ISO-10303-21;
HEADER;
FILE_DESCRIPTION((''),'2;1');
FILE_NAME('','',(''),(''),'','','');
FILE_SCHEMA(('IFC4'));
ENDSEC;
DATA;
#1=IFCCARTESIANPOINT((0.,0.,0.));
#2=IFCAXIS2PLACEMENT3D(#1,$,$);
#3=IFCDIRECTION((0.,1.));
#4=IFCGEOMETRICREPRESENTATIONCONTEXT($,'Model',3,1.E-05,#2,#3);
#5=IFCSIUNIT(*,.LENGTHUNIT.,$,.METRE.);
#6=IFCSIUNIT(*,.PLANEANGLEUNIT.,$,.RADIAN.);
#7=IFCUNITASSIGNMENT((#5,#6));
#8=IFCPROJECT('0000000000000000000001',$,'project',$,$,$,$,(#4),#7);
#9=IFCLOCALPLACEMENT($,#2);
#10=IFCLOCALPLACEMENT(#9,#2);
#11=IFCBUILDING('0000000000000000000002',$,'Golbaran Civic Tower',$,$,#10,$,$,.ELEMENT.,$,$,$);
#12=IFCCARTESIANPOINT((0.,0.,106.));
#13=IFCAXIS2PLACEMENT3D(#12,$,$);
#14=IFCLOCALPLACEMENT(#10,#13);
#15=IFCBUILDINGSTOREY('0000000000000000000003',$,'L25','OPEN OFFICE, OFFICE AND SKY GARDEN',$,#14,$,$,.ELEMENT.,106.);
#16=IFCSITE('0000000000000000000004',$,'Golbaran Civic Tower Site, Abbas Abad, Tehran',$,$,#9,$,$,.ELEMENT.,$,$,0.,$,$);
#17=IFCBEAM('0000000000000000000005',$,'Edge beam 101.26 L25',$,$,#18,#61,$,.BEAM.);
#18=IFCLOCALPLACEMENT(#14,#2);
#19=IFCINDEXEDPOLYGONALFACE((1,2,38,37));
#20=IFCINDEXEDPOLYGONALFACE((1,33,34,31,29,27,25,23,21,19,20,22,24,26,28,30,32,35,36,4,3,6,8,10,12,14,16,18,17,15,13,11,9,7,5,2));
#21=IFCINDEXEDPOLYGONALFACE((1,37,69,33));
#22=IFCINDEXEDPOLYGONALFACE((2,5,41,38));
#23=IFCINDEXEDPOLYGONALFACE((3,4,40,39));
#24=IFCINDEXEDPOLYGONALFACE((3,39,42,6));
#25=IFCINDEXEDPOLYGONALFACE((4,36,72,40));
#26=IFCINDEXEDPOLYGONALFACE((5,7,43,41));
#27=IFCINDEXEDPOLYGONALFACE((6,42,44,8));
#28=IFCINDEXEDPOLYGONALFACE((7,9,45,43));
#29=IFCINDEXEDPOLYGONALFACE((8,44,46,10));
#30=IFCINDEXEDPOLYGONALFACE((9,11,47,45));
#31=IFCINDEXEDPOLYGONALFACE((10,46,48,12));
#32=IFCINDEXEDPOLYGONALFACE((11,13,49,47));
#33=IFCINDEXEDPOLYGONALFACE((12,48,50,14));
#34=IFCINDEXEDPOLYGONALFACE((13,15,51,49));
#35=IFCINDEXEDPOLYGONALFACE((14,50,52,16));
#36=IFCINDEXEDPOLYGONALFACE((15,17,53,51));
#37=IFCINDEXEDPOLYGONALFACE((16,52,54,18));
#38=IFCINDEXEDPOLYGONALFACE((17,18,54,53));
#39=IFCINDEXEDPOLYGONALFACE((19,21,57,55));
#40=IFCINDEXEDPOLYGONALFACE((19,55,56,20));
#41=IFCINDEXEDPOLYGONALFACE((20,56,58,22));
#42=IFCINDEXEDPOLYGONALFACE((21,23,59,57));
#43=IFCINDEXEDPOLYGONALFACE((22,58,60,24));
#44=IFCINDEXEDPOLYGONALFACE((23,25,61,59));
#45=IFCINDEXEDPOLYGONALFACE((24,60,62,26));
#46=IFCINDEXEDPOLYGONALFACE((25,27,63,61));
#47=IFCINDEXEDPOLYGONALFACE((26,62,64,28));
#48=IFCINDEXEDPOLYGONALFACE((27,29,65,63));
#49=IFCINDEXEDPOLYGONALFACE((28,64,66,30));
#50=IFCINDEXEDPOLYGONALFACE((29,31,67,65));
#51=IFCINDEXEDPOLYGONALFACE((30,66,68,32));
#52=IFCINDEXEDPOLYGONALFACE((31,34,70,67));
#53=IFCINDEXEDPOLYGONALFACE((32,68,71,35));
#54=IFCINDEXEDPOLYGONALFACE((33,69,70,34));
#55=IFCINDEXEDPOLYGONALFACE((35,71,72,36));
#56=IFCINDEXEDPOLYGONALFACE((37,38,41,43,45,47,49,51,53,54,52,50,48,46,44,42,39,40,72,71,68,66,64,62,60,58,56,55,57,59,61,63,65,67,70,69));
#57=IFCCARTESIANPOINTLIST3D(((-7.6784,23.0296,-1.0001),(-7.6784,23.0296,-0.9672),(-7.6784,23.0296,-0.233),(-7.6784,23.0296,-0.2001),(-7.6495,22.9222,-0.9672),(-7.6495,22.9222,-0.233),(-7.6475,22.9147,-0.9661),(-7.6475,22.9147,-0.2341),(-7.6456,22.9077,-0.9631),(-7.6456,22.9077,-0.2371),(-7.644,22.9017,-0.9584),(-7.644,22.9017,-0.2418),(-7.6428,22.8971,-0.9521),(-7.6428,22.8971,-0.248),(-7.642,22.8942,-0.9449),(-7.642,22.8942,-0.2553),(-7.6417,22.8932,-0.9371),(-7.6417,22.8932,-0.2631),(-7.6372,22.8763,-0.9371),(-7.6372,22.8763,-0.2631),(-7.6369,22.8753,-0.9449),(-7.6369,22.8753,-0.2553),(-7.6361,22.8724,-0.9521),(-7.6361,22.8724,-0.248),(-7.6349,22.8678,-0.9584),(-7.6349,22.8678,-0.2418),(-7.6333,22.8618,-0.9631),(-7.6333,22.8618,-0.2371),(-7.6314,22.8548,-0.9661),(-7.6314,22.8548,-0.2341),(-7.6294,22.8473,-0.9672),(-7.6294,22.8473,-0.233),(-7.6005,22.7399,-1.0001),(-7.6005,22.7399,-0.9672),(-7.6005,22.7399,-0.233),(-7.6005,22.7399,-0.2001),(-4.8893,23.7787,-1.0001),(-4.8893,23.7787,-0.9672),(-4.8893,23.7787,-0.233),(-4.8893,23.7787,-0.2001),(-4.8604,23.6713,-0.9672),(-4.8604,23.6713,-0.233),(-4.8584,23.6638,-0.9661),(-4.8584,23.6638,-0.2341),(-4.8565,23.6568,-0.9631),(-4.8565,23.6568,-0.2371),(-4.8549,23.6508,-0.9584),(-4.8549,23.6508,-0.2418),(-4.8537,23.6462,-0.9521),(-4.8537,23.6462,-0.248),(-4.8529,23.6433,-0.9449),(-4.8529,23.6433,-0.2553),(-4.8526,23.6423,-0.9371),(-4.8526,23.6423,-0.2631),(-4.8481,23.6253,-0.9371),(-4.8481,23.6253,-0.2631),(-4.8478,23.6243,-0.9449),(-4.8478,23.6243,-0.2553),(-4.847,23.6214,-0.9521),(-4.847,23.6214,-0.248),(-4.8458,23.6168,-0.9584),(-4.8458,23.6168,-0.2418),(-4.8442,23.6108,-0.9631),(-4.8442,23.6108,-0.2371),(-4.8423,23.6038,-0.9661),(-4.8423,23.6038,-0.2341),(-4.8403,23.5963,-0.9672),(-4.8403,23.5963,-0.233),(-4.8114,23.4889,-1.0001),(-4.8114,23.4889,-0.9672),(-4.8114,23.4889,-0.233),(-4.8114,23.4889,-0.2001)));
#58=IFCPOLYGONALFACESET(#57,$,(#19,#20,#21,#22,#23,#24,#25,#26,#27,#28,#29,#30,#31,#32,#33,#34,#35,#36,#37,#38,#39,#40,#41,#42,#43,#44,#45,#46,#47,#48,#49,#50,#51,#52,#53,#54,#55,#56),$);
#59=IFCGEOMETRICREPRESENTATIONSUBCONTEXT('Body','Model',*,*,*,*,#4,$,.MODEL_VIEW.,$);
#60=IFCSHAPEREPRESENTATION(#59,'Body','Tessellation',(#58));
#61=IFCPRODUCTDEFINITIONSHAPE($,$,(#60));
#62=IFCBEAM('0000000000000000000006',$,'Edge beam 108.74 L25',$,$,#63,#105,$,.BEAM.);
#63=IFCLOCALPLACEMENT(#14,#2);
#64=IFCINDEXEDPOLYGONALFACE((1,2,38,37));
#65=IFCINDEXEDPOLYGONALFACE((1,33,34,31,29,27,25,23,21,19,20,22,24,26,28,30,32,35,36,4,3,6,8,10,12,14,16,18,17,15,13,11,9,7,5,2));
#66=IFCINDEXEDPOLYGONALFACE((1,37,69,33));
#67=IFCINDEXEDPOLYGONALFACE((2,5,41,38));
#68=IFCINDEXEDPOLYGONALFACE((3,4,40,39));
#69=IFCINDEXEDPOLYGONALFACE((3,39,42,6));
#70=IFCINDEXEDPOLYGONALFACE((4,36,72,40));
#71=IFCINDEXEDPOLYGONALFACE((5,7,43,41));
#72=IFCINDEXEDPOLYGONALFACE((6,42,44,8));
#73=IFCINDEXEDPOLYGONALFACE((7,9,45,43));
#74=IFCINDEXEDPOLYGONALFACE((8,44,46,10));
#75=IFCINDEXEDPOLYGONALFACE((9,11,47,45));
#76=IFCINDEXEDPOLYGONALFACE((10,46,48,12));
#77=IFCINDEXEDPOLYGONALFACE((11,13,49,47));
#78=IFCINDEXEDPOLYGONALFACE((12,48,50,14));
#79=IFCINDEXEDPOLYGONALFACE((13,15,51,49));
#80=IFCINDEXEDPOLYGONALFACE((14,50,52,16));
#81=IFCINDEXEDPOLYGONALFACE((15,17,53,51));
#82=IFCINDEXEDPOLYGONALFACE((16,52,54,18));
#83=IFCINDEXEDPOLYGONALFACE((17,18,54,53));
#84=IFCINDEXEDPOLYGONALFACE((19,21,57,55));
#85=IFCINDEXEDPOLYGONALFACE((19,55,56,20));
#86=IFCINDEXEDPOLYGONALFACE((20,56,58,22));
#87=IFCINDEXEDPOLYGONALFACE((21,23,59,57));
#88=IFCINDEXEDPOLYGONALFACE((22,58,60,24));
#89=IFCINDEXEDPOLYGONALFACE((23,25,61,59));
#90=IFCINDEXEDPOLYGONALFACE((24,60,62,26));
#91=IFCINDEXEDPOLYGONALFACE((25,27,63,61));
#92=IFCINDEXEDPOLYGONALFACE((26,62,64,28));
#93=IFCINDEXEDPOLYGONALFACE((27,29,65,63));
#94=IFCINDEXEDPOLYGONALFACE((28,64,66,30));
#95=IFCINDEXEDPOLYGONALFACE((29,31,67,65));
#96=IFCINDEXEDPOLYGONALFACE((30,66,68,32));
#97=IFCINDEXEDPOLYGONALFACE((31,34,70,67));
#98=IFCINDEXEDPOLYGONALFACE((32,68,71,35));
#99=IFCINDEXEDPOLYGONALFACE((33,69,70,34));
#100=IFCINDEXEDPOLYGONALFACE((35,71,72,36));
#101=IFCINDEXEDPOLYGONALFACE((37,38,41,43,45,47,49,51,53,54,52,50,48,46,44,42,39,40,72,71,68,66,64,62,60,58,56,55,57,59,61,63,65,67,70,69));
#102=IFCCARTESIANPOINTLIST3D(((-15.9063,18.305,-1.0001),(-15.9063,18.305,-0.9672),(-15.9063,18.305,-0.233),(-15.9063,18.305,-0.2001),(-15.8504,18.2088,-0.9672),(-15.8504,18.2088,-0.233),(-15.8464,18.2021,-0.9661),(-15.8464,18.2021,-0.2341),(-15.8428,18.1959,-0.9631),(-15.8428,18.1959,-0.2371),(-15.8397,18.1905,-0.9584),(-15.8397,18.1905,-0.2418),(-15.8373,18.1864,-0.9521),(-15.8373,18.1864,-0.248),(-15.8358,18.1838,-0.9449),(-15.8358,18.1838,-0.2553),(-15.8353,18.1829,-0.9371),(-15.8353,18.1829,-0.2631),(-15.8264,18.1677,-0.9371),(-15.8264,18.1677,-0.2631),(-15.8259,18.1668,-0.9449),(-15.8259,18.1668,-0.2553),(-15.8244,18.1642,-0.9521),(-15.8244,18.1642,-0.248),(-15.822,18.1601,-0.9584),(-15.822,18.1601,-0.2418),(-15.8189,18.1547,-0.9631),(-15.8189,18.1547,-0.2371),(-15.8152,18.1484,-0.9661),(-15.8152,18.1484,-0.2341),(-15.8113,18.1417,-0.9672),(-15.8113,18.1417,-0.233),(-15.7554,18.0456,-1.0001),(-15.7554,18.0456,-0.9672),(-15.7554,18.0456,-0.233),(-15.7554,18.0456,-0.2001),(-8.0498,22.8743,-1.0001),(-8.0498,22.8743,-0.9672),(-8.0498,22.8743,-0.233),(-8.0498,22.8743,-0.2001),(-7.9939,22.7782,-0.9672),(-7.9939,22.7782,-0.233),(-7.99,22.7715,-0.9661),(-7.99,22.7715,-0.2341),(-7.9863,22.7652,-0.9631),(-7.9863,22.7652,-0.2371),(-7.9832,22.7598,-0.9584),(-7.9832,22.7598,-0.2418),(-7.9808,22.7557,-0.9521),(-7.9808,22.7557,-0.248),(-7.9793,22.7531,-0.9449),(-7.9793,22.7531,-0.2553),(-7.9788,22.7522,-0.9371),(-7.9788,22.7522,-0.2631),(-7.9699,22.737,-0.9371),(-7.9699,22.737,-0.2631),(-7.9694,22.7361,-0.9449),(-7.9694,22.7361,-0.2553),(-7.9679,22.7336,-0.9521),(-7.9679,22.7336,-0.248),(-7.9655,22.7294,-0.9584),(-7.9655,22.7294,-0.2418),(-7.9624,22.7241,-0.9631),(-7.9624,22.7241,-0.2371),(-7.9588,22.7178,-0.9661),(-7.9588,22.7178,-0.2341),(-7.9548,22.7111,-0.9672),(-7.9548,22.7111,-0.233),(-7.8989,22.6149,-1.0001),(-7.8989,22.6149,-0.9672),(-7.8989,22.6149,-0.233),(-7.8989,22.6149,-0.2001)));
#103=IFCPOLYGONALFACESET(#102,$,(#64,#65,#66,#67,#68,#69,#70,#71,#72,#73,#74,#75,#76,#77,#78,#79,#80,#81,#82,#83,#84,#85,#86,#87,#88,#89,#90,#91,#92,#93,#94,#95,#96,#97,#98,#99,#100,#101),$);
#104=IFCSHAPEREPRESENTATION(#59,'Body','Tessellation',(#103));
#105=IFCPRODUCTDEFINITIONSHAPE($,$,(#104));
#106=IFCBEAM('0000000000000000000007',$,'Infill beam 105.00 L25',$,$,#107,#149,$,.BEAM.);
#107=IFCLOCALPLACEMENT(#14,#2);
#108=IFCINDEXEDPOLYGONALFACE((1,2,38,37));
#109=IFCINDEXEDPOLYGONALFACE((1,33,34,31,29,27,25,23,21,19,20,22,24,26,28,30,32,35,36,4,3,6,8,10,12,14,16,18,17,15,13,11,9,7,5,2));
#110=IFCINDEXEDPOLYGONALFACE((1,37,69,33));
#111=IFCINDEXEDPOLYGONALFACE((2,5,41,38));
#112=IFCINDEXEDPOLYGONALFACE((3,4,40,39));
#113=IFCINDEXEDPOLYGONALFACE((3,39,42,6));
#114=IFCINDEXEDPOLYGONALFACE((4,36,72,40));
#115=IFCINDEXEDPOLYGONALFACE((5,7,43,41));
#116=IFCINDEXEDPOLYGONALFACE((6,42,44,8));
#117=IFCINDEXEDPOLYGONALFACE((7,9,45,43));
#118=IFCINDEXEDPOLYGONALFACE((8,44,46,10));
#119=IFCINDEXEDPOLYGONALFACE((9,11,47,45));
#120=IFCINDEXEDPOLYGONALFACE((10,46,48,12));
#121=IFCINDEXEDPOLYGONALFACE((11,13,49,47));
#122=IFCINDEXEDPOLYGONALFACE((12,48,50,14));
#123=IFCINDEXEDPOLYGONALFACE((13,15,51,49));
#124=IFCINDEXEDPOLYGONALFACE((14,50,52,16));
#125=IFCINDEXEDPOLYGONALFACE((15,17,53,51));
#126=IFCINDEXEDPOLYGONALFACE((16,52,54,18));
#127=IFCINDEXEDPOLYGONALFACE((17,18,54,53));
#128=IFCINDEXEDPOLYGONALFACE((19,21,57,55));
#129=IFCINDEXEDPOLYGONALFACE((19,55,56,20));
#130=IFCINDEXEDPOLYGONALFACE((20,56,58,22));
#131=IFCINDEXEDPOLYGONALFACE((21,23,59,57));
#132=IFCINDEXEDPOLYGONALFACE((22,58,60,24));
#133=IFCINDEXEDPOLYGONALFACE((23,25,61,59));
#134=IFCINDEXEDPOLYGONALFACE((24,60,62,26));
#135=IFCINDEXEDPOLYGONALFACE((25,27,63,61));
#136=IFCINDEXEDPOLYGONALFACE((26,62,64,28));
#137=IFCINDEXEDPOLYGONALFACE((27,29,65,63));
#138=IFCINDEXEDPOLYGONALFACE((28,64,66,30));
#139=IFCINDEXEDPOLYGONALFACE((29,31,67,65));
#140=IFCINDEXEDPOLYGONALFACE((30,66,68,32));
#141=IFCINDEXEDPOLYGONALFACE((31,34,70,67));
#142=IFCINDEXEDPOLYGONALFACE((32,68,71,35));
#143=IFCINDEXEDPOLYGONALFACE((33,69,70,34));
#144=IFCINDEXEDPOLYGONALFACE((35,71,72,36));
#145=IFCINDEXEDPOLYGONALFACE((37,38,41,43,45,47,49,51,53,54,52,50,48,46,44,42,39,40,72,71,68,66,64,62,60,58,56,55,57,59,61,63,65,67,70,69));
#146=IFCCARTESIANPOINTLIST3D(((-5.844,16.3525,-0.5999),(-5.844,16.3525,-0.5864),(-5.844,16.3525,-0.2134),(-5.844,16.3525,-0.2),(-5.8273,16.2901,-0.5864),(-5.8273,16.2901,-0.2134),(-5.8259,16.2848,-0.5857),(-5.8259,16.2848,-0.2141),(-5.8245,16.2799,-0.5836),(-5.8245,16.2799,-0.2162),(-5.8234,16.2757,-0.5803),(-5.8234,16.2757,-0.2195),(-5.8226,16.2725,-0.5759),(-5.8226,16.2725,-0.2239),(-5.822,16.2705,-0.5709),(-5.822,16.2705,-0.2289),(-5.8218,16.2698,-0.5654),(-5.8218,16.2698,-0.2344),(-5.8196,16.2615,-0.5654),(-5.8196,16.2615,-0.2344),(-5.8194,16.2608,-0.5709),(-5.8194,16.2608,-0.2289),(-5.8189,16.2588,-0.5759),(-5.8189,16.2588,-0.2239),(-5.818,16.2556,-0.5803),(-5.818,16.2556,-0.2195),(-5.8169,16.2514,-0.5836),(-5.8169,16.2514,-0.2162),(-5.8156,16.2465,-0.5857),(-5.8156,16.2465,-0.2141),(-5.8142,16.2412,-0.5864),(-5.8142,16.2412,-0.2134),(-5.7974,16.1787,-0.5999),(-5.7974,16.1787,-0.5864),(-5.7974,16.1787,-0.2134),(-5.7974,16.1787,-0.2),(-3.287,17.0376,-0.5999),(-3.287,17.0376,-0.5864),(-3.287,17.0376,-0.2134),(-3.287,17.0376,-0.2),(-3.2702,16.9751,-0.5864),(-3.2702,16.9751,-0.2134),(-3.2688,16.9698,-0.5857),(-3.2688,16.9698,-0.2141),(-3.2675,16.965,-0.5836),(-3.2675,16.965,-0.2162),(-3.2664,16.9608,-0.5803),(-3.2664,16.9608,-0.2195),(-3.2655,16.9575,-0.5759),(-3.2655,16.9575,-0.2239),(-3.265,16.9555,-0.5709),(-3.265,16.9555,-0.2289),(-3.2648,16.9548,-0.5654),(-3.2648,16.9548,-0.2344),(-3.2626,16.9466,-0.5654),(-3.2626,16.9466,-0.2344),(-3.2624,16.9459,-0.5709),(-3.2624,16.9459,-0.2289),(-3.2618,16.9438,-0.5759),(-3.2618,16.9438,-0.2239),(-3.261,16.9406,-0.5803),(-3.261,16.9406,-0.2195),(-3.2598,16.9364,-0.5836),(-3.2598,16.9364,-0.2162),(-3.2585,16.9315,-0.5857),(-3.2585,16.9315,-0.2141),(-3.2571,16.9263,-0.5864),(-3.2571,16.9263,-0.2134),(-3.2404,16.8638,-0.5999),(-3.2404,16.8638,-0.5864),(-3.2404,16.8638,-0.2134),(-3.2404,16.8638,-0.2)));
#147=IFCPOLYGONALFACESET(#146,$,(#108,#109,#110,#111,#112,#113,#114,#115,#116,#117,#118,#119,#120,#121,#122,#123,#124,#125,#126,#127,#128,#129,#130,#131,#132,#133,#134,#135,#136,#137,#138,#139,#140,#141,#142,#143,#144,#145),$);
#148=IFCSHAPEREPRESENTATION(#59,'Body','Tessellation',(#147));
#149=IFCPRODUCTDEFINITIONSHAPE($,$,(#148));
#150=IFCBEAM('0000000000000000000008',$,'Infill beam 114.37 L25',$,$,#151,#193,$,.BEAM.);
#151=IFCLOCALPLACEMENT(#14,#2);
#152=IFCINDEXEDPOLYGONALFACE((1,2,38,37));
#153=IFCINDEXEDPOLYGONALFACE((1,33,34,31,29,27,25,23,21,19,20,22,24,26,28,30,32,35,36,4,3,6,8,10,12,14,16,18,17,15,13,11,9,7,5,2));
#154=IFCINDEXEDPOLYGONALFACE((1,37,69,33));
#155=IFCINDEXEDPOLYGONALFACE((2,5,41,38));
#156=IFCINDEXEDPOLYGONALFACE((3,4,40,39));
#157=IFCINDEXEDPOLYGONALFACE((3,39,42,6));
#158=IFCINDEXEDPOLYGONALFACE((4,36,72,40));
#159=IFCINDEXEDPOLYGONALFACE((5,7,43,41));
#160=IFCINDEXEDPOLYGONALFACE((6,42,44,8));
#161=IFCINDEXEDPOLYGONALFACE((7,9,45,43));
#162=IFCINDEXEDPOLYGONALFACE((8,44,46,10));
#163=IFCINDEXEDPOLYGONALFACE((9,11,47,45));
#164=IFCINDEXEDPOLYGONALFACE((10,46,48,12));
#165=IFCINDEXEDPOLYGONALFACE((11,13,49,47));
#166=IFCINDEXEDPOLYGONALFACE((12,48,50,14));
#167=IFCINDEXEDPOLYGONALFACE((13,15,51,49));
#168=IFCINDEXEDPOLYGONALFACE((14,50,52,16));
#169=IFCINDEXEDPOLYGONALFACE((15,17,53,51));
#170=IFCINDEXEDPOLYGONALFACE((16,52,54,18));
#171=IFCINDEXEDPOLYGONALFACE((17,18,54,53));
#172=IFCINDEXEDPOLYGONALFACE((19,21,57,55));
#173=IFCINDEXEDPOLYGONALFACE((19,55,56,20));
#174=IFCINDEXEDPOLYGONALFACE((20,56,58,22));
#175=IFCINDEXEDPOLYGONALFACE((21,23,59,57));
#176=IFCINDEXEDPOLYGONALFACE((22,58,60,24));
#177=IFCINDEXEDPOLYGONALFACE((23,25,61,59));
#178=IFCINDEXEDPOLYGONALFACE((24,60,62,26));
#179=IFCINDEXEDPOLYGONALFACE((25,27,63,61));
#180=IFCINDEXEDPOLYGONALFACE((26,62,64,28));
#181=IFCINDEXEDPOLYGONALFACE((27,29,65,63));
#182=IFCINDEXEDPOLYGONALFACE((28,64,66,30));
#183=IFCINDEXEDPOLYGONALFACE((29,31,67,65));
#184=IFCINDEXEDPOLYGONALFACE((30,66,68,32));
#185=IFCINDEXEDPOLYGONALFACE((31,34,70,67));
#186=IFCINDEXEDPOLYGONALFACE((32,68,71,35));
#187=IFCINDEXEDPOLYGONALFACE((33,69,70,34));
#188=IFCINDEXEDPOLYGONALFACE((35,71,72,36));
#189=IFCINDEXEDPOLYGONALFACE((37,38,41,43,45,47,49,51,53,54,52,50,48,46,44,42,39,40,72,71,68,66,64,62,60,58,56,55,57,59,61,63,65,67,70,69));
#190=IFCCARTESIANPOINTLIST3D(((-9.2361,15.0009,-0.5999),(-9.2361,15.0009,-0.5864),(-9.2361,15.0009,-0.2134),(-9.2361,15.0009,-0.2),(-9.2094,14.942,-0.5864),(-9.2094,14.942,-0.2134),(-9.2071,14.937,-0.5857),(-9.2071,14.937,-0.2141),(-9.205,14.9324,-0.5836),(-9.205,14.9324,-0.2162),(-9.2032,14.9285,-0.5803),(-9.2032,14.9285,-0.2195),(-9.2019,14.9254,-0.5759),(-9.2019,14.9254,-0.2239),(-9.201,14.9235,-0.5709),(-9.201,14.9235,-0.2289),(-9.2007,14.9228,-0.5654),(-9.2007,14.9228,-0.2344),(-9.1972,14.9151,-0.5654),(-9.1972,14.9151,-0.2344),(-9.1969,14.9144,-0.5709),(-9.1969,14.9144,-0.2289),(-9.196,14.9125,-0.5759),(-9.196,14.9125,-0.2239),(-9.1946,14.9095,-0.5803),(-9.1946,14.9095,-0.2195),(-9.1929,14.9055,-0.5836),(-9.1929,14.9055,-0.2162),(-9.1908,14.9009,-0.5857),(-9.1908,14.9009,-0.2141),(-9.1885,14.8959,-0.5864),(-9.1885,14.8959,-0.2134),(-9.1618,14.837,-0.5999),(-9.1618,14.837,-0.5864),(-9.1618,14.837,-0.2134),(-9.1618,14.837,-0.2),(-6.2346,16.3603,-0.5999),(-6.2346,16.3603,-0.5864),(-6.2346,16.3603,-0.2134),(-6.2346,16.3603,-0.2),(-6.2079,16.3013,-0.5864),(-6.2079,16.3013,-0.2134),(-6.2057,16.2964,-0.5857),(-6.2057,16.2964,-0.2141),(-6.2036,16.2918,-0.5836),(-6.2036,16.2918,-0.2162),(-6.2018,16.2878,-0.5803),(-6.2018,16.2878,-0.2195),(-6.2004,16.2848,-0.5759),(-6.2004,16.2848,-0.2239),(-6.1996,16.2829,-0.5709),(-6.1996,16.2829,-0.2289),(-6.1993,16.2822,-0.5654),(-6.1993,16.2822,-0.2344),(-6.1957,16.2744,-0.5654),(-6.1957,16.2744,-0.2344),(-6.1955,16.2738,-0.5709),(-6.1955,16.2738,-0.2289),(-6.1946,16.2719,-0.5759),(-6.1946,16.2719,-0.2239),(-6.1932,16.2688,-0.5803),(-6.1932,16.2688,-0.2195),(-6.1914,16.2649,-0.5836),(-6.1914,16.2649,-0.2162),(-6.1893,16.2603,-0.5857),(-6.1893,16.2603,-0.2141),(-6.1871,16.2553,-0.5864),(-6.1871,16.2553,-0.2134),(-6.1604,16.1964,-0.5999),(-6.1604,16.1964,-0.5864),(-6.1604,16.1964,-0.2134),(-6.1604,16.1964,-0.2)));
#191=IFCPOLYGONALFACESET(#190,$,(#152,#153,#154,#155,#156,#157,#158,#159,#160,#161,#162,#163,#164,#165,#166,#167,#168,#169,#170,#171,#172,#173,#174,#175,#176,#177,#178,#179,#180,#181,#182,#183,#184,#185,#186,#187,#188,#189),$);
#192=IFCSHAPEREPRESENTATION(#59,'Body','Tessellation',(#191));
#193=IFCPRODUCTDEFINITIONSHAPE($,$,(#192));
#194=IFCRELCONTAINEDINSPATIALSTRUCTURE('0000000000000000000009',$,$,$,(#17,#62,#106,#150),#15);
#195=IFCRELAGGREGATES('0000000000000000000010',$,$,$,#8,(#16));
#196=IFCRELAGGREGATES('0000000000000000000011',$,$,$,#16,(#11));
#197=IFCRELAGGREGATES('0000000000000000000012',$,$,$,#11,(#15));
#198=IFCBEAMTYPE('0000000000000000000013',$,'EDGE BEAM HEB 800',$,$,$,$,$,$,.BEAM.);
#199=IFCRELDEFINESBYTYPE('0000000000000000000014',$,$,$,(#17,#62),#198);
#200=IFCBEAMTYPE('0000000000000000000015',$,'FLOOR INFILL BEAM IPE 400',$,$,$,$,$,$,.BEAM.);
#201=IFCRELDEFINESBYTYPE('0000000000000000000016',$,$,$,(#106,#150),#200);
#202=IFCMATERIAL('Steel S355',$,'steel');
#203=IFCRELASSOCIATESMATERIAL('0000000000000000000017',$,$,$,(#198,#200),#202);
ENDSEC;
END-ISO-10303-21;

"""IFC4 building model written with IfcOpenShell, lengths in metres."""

from ifc_helpers import new_model, si_unit, direction, frame, origin, origin_2d, place, context, subcontext, project, spatial, i_section, extrude, material, material_profile, profile_set, type_object, element, save


model = new_model("IFC4")

# Units and contexts
model_context = context("Model", 3, precision=1e-05, world=origin(), true_north=direction((0.0, 1.0)))
body_context = subcontext(model_context, "Body", "Model", "MODEL_VIEW")
ifc_project = project(units=[si_unit("LENGTHUNIT", "METRE"), si_unit("PLANEANGLEUNIT", "RADIAN")], contexts=[model_context])

# Site, building, storey
site_placement = place(None, origin())
site = spatial("IfcSite", under=ifc_project, at=site_placement, Name="Golbaran Civic Tower Site, Abbas Abad, Tehran", CompositionType="ELEMENT", RefElevation=0.0)
building_placement = place(site_placement, origin())
building = spatial("IfcBuilding", under=site, at=building_placement, Name="Golbaran Civic Tower", CompositionType="ELEMENT")
storey_placement = place(building_placement, frame((0.0, 0.0, 106.0)))
storey = spatial("IfcBuildingStorey", under=building, at=storey_placement, Name="L25", Description="OPEN OFFICE, OFFICE AND SKY GARDEN", CompositionType="ELEMENT", Elevation=106.0)

# Beams
ifc_material_1 = material(Name="Steel S355", Category="steel")
ifc_material_profile_1 = material_profile(ifc_material_1, i_section(OverallWidth=0.3, OverallDepth=0.8, WebThickness=0.0176, FlangeThickness=0.033, FilletRadius=0.03, at=origin_2d()), Name="HEB 800")
ifc_profile_set_1 = profile_set([ifc_material_profile_1], Name="Steel S355")
beam_type_1 = type_object("IfcBeamType", Name="EDGE BEAM HEB 800", PredefinedType="BEAM", material=ifc_profile_set_1)
beam_1_placement = place(storey_placement, frame((-4.8503, 23.6338, -0.6001), z_axis=(-0.965779, -0.259367, 0.0), x_axis=(0.259367, -0.965779, 0.0)))
element("IfcBeam", 1, at=beam_1_placement, inside=storey, type_object=beam_type_1, Name="Edge beam 101.26 L25", PredefinedType="BEAM", context=body_context, shape_type="SweptSolid", body=[
    extrude(i_section(OverallWidth=0.3, OverallDepth=0.8, WebThickness=0.0176, FlangeThickness=0.033, FilletRadius=0.03, at=origin_2d()), origin(), (0.0, 0.0, 1.0), 2.8879),
])
beam_2_placement = place(storey_placement, frame((-7.9744, 22.7446, -0.6001), z_axis=(-0.864429, -0.502755, 0.0), x_axis=(0.502755, -0.864429, 0.0)))
element("IfcBeam", 2, at=beam_2_placement, inside=storey, type_object=beam_type_1, Name="Edge beam 108.74 L25", PredefinedType="BEAM", context=body_context, shape_type="SweptSolid", body=[
    extrude(i_section(OverallWidth=0.3, OverallDepth=0.8, WebThickness=0.0176, FlangeThickness=0.033, FilletRadius=0.03, at=origin_2d()), origin(), (0.0, 0.0, 1.0), 9.0886),
])
ifc_material_profile_2 = material_profile(ifc_material_1, i_section(OverallWidth=0.1799, OverallDepth=0.3999, WebThickness=0.0085, FlangeThickness=0.0134, FilletRadius=0.021, at=origin_2d()), Name="IPE 400")
ifc_profile_set_2 = profile_set([ifc_material_profile_2], Name="Steel S355")
beam_type_2 = type_object("IfcBeamType", Name="FLOOR INFILL BEAM IPE 400", PredefinedType="BEAM", material=ifc_profile_set_2)
beam_3_placement = place(storey_placement, frame((-3.2637, 16.9507, -0.3999), z_axis=(-0.965937, -0.258776, 0.0), x_axis=(0.258776, -0.965937, 0.0)))
element("IfcBeam", 3, at=beam_3_placement, inside=storey, type_object=beam_type_2, Name="Infill beam 105.00 L25", PredefinedType="BEAM", context=body_context, shape_type="SweptSolid", body=[
    extrude(i_section(OverallWidth=0.1799, OverallDepth=0.3999, WebThickness=0.0085, FlangeThickness=0.0134, FilletRadius=0.021, at=origin_2d()), origin(), (0.0, 0.0, 1.0), 2.6472),
])
beam_4_placement = place(storey_placement, frame((-6.1975, 16.2783, -0.3999), z_axis=(-0.910929, -0.412563, 0.0), x_axis=(0.412563, -0.910929, 0.0)))
element("IfcBeam", 4, at=beam_4_placement, inside=storey, type_object=beam_type_2, Name="Infill beam 114.37 L25", PredefinedType="BEAM", context=body_context, shape_type="SweptSolid", body=[
    extrude(i_section(OverallWidth=0.1799, OverallDepth=0.3999, WebThickness=0.0085, FlangeThickness=0.0134, FilletRadius=0.021, at=origin_2d()), origin(), (0.0, 0.0, 1.0), 3.2949),
])

save(model, "model.ifc")
